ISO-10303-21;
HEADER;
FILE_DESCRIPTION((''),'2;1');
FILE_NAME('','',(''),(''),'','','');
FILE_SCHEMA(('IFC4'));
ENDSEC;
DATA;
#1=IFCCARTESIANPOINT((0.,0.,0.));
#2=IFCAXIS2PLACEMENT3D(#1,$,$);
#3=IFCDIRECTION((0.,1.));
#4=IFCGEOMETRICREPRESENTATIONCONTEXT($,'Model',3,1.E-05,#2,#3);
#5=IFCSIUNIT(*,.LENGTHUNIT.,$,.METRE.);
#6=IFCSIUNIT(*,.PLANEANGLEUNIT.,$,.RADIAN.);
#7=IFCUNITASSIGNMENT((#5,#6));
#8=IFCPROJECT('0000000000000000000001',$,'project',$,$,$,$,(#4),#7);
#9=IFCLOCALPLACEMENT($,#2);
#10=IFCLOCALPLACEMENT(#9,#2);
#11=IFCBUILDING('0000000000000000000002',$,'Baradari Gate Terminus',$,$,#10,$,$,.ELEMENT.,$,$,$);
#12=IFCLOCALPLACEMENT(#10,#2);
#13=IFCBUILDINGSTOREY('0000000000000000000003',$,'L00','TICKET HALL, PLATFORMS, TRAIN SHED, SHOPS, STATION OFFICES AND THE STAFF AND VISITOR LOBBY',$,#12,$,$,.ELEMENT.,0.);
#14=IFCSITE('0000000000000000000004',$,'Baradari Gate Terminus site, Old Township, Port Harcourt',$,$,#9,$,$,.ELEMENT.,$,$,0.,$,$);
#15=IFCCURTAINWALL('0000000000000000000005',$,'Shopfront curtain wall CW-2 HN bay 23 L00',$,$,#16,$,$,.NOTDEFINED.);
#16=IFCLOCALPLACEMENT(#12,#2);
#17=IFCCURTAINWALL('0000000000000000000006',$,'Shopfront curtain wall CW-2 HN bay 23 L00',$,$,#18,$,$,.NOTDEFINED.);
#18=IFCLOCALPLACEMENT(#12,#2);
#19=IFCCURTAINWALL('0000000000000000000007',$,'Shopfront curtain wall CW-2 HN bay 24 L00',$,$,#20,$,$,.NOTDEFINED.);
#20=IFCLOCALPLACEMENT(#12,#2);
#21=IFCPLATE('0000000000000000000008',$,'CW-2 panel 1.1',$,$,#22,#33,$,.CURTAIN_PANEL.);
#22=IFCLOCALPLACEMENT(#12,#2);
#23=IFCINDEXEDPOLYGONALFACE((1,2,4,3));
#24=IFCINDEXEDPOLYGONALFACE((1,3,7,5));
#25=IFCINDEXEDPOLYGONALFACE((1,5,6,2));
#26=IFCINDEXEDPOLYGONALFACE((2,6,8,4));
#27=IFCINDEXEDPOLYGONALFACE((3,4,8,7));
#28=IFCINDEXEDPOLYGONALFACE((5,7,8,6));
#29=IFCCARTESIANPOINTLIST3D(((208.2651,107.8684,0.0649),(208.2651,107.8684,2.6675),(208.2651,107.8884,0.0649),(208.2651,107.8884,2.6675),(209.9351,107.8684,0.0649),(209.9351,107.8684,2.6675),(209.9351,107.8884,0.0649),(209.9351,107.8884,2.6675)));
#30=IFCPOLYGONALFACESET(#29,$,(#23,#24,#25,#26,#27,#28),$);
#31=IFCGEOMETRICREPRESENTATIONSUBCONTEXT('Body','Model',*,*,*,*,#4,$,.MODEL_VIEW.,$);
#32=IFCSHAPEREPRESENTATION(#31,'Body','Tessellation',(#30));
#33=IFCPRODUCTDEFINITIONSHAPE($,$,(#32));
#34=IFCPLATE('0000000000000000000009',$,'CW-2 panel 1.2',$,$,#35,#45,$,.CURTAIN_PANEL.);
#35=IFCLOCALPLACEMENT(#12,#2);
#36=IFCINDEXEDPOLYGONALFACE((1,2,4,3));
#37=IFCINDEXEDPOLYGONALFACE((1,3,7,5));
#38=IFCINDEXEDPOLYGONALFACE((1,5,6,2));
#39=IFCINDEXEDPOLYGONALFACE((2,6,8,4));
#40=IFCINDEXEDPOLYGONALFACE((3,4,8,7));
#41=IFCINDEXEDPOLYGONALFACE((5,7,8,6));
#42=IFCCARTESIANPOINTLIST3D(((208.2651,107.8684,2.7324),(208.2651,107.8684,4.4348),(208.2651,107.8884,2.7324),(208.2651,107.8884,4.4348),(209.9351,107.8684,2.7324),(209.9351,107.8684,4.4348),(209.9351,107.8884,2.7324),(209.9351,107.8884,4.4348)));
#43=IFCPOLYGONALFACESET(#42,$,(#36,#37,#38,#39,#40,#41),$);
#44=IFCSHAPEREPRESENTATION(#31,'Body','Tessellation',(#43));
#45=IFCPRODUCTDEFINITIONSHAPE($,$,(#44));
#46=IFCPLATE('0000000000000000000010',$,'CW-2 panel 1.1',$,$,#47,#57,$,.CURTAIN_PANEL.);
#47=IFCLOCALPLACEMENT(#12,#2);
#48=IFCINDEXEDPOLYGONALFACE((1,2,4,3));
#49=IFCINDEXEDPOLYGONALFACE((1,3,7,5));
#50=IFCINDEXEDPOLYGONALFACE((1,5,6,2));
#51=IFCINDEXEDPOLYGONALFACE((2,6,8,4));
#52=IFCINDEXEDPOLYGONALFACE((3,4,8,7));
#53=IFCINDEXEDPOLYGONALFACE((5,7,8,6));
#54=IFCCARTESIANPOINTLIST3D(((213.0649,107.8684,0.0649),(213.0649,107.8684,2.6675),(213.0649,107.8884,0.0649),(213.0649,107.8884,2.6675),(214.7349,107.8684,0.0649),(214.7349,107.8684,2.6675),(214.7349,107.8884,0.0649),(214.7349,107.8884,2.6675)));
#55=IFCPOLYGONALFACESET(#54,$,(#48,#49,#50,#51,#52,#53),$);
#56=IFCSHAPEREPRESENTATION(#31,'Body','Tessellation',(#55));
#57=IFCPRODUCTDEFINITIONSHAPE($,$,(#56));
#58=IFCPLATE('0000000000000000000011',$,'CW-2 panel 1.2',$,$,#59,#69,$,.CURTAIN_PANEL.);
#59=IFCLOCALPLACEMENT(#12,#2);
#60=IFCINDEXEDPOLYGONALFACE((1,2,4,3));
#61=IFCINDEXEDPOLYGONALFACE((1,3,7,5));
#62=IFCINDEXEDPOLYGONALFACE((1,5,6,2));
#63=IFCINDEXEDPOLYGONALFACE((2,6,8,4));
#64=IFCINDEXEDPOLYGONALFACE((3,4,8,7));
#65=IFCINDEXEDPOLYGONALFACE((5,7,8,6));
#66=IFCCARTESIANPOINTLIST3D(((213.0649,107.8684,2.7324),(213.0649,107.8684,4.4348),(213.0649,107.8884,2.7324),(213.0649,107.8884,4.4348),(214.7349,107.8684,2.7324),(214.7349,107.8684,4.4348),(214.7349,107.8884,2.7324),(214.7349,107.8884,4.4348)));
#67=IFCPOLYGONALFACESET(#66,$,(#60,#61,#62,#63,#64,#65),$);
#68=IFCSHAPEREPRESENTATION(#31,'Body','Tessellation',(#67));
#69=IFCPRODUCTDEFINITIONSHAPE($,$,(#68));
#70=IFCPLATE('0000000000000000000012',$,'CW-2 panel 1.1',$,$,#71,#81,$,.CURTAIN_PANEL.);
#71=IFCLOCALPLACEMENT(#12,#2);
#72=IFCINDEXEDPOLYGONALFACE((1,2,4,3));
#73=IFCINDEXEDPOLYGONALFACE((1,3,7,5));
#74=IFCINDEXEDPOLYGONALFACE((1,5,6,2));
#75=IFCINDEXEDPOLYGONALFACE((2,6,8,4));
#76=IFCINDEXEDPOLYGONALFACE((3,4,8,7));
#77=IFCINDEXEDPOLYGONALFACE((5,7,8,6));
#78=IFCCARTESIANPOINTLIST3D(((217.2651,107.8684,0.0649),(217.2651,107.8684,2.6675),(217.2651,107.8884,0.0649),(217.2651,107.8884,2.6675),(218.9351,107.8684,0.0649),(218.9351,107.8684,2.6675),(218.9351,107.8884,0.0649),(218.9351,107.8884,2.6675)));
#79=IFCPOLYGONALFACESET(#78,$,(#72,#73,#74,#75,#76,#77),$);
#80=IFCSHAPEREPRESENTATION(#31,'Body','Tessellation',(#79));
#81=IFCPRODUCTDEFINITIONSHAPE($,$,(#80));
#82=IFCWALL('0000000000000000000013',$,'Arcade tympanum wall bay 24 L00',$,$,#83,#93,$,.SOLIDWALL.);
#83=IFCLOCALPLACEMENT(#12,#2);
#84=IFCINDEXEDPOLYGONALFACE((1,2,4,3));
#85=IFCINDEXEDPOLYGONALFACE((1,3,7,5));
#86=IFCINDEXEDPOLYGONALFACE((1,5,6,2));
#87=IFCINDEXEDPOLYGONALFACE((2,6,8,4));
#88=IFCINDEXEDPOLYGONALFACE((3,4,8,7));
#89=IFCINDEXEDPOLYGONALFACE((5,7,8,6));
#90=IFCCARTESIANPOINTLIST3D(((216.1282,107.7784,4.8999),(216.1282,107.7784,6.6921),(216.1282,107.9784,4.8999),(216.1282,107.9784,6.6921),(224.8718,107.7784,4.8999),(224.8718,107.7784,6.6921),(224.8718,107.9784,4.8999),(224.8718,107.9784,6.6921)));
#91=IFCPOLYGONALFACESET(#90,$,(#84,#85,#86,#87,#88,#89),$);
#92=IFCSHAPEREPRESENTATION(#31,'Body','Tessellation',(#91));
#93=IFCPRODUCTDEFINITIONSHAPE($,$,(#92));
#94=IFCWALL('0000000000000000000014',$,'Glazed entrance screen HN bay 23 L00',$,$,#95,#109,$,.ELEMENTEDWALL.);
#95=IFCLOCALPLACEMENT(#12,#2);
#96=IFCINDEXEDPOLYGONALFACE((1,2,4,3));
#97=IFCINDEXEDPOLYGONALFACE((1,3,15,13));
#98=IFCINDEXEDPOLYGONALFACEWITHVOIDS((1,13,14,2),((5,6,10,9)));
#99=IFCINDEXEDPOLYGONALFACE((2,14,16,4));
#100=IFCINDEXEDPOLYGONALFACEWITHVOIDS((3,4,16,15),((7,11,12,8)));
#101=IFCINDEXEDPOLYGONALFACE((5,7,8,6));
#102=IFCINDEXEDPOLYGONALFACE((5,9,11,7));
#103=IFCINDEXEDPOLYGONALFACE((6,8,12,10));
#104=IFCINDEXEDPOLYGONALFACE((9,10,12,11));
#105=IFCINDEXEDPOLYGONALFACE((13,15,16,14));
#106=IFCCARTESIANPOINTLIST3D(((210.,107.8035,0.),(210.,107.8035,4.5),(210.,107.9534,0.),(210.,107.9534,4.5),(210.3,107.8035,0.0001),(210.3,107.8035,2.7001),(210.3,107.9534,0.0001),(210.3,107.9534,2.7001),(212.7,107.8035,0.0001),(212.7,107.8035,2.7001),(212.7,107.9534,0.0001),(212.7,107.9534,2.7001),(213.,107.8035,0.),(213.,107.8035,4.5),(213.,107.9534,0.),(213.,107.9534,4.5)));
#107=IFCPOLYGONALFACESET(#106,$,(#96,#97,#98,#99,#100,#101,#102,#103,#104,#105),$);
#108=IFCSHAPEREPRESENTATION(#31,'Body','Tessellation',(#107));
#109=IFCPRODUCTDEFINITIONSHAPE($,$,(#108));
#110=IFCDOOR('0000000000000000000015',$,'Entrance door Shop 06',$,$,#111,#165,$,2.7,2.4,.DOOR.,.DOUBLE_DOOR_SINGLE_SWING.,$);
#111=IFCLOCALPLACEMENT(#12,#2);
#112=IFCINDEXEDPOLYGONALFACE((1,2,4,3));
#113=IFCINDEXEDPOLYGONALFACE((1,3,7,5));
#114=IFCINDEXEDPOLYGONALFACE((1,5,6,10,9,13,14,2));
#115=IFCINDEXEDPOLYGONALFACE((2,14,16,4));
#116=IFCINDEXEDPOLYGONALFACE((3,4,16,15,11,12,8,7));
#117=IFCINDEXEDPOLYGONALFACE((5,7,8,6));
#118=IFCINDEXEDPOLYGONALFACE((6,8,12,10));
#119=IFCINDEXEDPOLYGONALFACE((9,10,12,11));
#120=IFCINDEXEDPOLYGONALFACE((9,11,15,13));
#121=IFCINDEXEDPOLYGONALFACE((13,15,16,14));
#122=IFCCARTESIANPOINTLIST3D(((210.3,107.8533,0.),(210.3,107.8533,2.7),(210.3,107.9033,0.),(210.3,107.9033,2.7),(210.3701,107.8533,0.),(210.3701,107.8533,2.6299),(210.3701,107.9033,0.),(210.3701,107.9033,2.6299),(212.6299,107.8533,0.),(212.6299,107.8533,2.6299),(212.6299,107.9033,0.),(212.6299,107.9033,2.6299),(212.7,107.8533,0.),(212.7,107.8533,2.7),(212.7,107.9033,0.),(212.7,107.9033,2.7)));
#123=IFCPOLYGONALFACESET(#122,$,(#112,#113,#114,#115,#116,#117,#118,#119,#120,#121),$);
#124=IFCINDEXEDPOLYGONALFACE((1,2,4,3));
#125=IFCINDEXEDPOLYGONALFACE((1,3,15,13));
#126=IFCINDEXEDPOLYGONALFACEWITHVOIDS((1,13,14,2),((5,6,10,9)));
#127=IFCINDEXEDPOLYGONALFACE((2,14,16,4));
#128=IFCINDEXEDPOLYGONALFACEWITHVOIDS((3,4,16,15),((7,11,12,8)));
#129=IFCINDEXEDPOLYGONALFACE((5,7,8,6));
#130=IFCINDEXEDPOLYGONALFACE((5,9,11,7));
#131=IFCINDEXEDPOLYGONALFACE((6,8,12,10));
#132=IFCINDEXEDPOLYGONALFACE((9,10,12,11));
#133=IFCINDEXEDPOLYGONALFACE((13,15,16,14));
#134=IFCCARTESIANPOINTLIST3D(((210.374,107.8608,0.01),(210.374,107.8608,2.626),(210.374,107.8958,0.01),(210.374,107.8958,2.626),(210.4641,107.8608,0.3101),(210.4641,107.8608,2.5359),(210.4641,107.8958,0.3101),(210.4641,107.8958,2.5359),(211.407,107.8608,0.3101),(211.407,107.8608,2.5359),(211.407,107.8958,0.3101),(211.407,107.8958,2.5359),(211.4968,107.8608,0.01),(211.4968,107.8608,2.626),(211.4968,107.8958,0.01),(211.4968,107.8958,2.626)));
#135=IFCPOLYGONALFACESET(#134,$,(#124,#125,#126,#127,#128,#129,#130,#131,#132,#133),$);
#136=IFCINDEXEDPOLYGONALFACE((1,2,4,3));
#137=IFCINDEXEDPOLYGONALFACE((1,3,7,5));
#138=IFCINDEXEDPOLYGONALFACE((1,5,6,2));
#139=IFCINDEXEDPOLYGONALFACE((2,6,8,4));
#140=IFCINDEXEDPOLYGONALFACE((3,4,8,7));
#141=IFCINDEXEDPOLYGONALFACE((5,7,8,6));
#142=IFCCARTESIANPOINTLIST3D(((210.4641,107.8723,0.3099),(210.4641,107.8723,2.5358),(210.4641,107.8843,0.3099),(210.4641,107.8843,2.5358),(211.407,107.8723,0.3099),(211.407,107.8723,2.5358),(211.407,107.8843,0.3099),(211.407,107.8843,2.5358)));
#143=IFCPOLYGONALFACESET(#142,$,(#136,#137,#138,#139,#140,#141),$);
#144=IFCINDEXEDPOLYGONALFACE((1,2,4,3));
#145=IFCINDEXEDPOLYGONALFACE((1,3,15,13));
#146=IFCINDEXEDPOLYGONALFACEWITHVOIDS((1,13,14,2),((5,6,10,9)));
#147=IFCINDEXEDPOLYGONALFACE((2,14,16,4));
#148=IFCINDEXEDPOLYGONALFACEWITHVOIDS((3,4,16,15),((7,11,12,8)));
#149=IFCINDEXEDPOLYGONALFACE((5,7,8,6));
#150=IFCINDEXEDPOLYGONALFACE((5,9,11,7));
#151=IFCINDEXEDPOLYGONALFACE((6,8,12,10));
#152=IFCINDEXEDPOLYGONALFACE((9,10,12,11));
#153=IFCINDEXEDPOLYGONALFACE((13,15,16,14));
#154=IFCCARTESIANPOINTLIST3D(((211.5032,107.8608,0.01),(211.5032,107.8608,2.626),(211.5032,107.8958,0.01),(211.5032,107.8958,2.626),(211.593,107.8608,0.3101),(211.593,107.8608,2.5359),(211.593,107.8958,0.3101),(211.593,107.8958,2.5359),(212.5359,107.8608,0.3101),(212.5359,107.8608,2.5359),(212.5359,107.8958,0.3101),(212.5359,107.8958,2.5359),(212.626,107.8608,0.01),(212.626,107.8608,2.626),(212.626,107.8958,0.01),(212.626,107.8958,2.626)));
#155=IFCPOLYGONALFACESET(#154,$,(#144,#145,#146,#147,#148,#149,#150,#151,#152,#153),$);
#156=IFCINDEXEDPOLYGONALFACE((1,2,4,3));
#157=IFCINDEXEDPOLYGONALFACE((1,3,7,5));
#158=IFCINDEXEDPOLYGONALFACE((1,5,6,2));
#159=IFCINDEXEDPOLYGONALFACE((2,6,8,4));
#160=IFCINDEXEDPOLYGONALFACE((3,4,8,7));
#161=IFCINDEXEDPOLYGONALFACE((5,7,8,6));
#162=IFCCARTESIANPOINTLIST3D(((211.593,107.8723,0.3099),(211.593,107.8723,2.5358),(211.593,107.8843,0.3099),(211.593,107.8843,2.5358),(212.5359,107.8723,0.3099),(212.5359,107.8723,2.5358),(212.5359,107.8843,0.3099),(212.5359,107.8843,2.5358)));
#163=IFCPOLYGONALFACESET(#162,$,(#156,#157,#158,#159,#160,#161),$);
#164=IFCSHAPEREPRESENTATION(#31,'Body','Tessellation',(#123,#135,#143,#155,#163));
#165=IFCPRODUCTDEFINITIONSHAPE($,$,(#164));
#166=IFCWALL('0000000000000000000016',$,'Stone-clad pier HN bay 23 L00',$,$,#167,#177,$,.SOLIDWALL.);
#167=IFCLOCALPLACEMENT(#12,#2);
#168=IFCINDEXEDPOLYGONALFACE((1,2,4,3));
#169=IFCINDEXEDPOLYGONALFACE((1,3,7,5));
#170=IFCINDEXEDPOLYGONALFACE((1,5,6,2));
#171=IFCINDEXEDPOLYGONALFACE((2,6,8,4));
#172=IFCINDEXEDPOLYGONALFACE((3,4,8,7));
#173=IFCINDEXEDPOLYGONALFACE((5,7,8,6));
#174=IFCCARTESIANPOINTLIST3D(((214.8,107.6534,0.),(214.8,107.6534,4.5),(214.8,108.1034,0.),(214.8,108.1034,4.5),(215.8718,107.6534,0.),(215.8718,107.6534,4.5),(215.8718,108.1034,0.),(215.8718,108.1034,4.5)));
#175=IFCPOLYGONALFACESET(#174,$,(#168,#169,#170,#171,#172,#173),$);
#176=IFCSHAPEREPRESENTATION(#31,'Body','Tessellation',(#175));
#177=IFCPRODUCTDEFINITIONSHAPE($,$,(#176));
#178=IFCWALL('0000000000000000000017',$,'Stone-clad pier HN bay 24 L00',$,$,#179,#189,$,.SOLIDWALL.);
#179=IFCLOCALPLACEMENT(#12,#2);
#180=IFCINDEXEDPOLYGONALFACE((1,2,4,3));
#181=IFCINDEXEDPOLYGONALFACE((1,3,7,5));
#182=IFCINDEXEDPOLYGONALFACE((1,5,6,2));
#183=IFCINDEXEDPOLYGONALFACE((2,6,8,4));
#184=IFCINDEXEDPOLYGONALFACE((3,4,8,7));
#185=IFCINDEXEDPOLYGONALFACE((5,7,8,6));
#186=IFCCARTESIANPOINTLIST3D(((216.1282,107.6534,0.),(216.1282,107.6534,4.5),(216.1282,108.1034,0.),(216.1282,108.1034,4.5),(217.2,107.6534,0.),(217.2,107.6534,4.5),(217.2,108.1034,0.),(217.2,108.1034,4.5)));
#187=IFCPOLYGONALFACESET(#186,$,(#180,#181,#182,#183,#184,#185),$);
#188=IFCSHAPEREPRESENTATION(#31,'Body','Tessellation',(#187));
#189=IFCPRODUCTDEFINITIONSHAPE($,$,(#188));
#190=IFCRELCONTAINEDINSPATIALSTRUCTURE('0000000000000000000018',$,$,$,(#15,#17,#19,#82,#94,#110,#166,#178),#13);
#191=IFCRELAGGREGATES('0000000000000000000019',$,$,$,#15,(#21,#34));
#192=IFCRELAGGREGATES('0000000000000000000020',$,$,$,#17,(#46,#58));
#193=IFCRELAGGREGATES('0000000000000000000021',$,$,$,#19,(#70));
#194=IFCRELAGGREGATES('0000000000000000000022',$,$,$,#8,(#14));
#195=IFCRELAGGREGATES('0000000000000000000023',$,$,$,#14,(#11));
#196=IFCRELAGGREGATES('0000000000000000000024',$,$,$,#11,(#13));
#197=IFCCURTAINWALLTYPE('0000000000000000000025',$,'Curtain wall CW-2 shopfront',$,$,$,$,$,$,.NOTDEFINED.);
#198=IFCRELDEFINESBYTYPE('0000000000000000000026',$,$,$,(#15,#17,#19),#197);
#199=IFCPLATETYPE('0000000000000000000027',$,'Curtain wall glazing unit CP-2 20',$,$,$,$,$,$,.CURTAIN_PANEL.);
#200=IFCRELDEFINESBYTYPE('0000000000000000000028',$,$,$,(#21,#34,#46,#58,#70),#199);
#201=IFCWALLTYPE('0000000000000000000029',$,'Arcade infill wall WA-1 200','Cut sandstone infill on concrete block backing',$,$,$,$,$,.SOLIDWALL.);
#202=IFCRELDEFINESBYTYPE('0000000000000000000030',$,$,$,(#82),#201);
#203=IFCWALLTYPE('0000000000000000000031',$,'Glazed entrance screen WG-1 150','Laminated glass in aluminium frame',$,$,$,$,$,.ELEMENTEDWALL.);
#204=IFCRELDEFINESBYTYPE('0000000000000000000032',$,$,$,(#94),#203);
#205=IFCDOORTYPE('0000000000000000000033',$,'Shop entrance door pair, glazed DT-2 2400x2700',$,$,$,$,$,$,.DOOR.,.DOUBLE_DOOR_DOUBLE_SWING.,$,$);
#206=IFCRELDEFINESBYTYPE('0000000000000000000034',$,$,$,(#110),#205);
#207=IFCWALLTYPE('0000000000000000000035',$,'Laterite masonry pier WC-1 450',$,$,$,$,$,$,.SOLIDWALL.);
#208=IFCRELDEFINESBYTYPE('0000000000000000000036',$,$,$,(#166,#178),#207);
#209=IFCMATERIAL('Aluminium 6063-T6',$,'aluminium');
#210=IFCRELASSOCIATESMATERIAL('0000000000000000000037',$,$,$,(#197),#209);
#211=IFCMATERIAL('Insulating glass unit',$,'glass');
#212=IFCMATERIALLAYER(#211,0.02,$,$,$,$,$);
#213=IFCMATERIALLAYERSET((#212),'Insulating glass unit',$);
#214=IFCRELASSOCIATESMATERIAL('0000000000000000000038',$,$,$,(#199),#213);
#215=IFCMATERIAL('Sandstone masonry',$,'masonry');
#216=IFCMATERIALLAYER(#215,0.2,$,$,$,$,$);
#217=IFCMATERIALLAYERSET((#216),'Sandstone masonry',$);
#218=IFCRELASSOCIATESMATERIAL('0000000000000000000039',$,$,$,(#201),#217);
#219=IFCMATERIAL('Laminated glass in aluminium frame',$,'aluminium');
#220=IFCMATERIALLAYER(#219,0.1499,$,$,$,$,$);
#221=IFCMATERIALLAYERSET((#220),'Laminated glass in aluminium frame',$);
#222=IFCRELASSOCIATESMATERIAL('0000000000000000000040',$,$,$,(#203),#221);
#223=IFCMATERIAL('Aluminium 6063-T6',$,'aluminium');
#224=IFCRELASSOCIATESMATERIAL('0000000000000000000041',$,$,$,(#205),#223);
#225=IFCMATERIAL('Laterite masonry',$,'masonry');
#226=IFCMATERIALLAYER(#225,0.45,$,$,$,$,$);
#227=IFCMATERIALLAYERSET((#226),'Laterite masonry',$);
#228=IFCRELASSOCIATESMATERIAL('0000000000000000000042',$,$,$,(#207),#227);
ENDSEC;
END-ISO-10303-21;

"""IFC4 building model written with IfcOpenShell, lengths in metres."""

from ifc_helpers import new_model, si_unit, direction, frame, frame_2d, origin, origin_2d, place, context, subcontext, project, spatial, polyline, rectangle, outline, extrude, material, layer, layer_set, type_object, element, fill, aggregate, save


model = new_model("IFC4")

# Units and contexts
model_context = context("Model", 3, precision=1e-05, world=origin(), true_north=direction((0.0, 1.0)))
body_context = subcontext(model_context, "Body", "Model", "MODEL_VIEW")
ifc_project = project(units=[si_unit("LENGTHUNIT", "METRE"), si_unit("PLANEANGLEUNIT", "RADIAN")], contexts=[model_context])

# Site, building, storey
site_placement = place(None, origin())
site = spatial("IfcSite", under=ifc_project, at=site_placement, Name="Baradari Gate Terminus site, Old Township, Port Harcourt", CompositionType="ELEMENT", RefElevation=0.0)
building_placement = place(site_placement, origin())
building = spatial("IfcBuilding", under=site, at=building_placement, Name="Baradari Gate Terminus", CompositionType="ELEMENT")
storey_placement = place(building_placement, origin())
storey = spatial("IfcBuildingStorey", under=building, at=storey_placement, Name="L00", Description="TICKET HALL, PLATFORMS, TRAIN SHED, SHOPS, STATION OFFICES AND THE STAFF AND VISITOR LOBBY", CompositionType="ELEMENT", Elevation=0.0)

# Curtain walls
ifc_material_1 = material(Name="Aluminium 6063-T6", Category="aluminium")
curtain_wall_type = type_object("IfcCurtainWallType", Name="Curtain wall CW-2 shopfront", PredefinedType="NOTDEFINED", material=ifc_material_1)
curtain_wall_1_placement = place(storey_placement, origin())
curtain_wall_1 = element("IfcCurtainWall", 1, at=curtain_wall_1_placement, inside=storey, type_object=curtain_wall_type, Name="Shopfront curtain wall CW-2 HN bay 23 L00", PredefinedType="NOTDEFINED")
curtain_wall_2_placement = place(storey_placement, origin())
curtain_wall_2 = element("IfcCurtainWall", 2, at=curtain_wall_2_placement, inside=storey, type_object=curtain_wall_type, Name="Shopfront curtain wall CW-2 HN bay 23 L00", PredefinedType="NOTDEFINED")

# Curtain wall
curtain_wall_3_placement = place(storey_placement, origin())
curtain_wall_3 = element("IfcCurtainWall", 3, at=curtain_wall_3_placement, inside=storey, type_object=curtain_wall_type, Name="Shopfront curtain wall CW-2 HN bay 24 L00", PredefinedType="NOTDEFINED")

# Plates
ifc_material_2 = material(Name="Insulating glass unit", Category="glass")
ifc_layer_1 = layer(ifc_material_2, 0.02)
ifc_layer_set_1 = layer_set([ifc_layer_1], Name="Insulating glass unit")
plate_type = type_object("IfcPlateType", Name="Curtain wall glazing unit CP-2 20", PredefinedType="CURTAIN_PANEL", material=ifc_layer_set_1)
plate_1_placement = place(storey_placement, frame((209.1001, 107.8784, 0.0649), z_axis=(0.0, 0.0, 1.0), x_axis=(1.0, 0.0, 0.0)))
plate_1 = element("IfcPlate", 4, at=plate_1_placement, type_object=plate_type, Name="CW-2 panel 1.1", PredefinedType="CURTAIN_PANEL", context=body_context, shape_type="SweptSolid", body=[
    extrude(rectangle(XDim=1.6699, YDim=0.02, at=origin_2d()), origin(), (0.0, 0.0, 1.0), 2.6025),
])
plate_2_placement = place(storey_placement, frame((209.1001, 107.8784, 2.7324), z_axis=(0.0, 0.0, 1.0), x_axis=(1.0, 0.0, 0.0)))
plate_2 = element("IfcPlate", 5, at=plate_2_placement, type_object=plate_type, Name="CW-2 panel 1.2", PredefinedType="CURTAIN_PANEL", context=body_context, shape_type="SweptSolid", body=[
    extrude(rectangle(XDim=1.6699, YDim=0.02, at=origin_2d()), origin(), (0.0, 0.0, 1.0), 1.7024),
])
aggregate(curtain_wall_1, [plate_1, plate_2])
plate_3_placement = place(storey_placement, frame((213.8999, 107.8784, 0.0649), z_axis=(0.0, 0.0, 1.0), x_axis=(1.0, 0.0, 0.0)))
plate_3 = element("IfcPlate", 6, at=plate_3_placement, type_object=plate_type, Name="CW-2 panel 1.1", PredefinedType="CURTAIN_PANEL", context=body_context, shape_type="SweptSolid", body=[
    extrude(rectangle(XDim=1.6699, YDim=0.02, at=origin_2d()), origin(), (0.0, 0.0, 1.0), 2.6025),
])
plate_4_placement = place(storey_placement, frame((213.8999, 107.8784, 2.7324), z_axis=(0.0, 0.0, 1.0), x_axis=(1.0, 0.0, 0.0)))
plate_4 = element("IfcPlate", 7, at=plate_4_placement, type_object=plate_type, Name="CW-2 panel 1.2", PredefinedType="CURTAIN_PANEL", context=body_context, shape_type="SweptSolid", body=[
    extrude(rectangle(XDim=1.6699, YDim=0.02, at=origin_2d()), origin(), (0.0, 0.0, 1.0), 1.7024),
])
aggregate(curtain_wall_2, [plate_3, plate_4])
plate_5_placement = place(storey_placement, frame((218.1001, 107.8784, 0.0649), z_axis=(0.0, 0.0, 1.0), x_axis=(1.0, 0.0, 0.0)))
plate_5 = element("IfcPlate", 8, at=plate_5_placement, type_object=plate_type, Name="CW-2 panel 1.1", PredefinedType="CURTAIN_PANEL", context=body_context, shape_type="SweptSolid", body=[
    extrude(rectangle(XDim=1.6699, YDim=0.02, at=origin_2d()), origin(), (0.0, 0.0, 1.0), 2.6025),
])
aggregate(curtain_wall_3, [plate_5])

# Wall
ifc_material_3 = material(Name="Sandstone masonry", Category="masonry")
ifc_layer_2 = layer(ifc_material_3, 0.2)
ifc_layer_set_2 = layer_set([ifc_layer_2], Name="Sandstone masonry")
wall_type_1 = type_object("IfcWallType", Name="Arcade infill wall WA-1 200", Description="Cut sandstone infill on concrete block backing", PredefinedType="SOLIDWALL", material=ifc_layer_set_2)
wall_1_placement = place(storey_placement, frame((216.1282, 107.8784, 4.8999), z_axis=(0.0, 0.0, 1.0), x_axis=(1.0, 0.0, 0.0)))
element("IfcWall", 9, at=wall_1_placement, inside=storey, type_object=wall_type_1, Name="Arcade tympanum wall bay 24 L00", PredefinedType="SOLIDWALL", context=body_context, shape_type="SweptSolid", body=[
    extrude(rectangle(XDim=8.7437, YDim=0.2, at=frame_2d((4.3718, 0.0))), origin(), (0.0, 0.0, 1.0), 1.7922),
])

# Wall, opening, door
ifc_material_4 = material(Name="Laminated glass in aluminium frame", Category="aluminium")
ifc_layer_3 = layer(ifc_material_4, 0.1499)
ifc_layer_set_3 = layer_set([ifc_layer_3], Name="Laminated glass in aluminium frame")
wall_type_2 = type_object("IfcWallType", Name="Glazed entrance screen WG-1 150", Description="Laminated glass in aluminium frame", PredefinedType="ELEMENTEDWALL", material=ifc_layer_set_3)
wall_2_placement = place(storey_placement, frame((210.0, 107.8784, 0.0), z_axis=(0.0, 0.0, 1.0), x_axis=(1.0, 0.0, 0.0)))
wall_2 = element("IfcWall", 10, at=wall_2_placement, inside=storey, type_object=wall_type_2, Name="Glazed entrance screen HN bay 23 L00", PredefinedType="ELEMENTEDWALL", context=body_context, shape_type="SweptSolid", body=[
    extrude(rectangle(XDim=3.0, YDim=0.1499, at=frame_2d((1.5, 0.0))), origin(), (0.0, 0.0, 1.0), 4.5),
])
opening_placement = place(wall_2_placement, frame((0.3, 0.0, 0.0)))
opening = element("IfcOpeningElement", 11, at=opening_placement, cuts=wall_2, PredefinedType="OPENING", context=body_context, shape_type="SweptSolid", body=[
    extrude(rectangle(XDim=2.3999, YDim=2.7, at=frame_2d((1.2, 1.3501))), frame((0.0, 0.085, 0.0), z_axis=(0.0, -1.0, 0.0), x_axis=(1.0, 0.0, 0.0)), (0.0, 0.0, 1.0), 0.1699),
])
ifc_material_5 = material(Name="Aluminium 6063-T6", Category="aluminium")
door_type = type_object("IfcDoorType", Name="Shop entrance door pair, glazed DT-2 2400x2700", OperationType="DOUBLE_DOOR_DOUBLE_SWING", PredefinedType="DOOR", material=ifc_material_5)
door_placement = place(opening_placement, origin())
door = element("IfcDoor", 12, at=door_placement, inside=storey, type_object=door_type, Name="Entrance door Shop 06", OperationType="DOUBLE_DOOR_SINGLE_SWING", OverallHeight=2.7, OverallWidth=2.4, PredefinedType="DOOR", context=body_context, shape_type="SweptSolid", body=[
    extrude(outline(polyline([(0.0, 0.0), (0.0701, 0.0), (0.0701, 2.6299), (2.3298, 2.6299), (2.3298, 0.0), (2.3999, 0.0), (2.3999, 2.7), (0.0, 2.7), (0.0, 0.0)])), frame((0.0, 0.0249, 0.0), z_axis=(0.0, -1.0, 0.0), x_axis=(1.0, 0.0, 0.0)), (0.0, 0.0, 1.0), 0.05),
    extrude(outline(polyline([(0.074, 0.01), (1.1968, 0.01), (1.1968, 2.626), (0.074, 2.626), (0.074, 0.01)]), holes=[polyline([(0.1641, 0.3101), (1.1069, 0.3101), (1.1069, 2.5359), (0.1641, 2.5359), (0.1641, 0.3101)])]), frame((0.0, 0.0173, 0.0), z_axis=(0.0, -1.0, 0.0), x_axis=(1.0, 0.0, 0.0)), (0.0, 0.0, 1.0), 0.0349),
    extrude(rectangle(XDim=0.9429, YDim=2.2258, at=frame_2d((0.6355, 1.4229))), frame((0.0, 0.0059, 0.0), z_axis=(0.0, -1.0, 0.0), x_axis=(1.0, 0.0, 0.0)), (0.0, 0.0, 1.0), 0.012),
    extrude(outline(polyline([(1.2031, 0.01), (2.3259, 0.01), (2.3259, 2.626), (1.2031, 2.626), (1.2031, 0.01)]), holes=[polyline([(1.293, 0.3101), (2.2358, 0.3101), (2.2358, 2.5359), (1.293, 2.5359), (1.293, 0.3101)])]), frame((0.0, 0.0173, 0.0), z_axis=(0.0, -1.0, 0.0), x_axis=(1.0, 0.0, 0.0)), (0.0, 0.0, 1.0), 0.0349),
    extrude(rectangle(XDim=0.9429, YDim=2.2258, at=frame_2d((1.7644, 1.4229))), frame((0.0, 0.0059, 0.0), z_axis=(0.0, -1.0, 0.0), x_axis=(1.0, 0.0, 0.0)), (0.0, 0.0, 1.0), 0.012),
])
fill(opening, door)

# Walls
ifc_material_6 = material(Name="Laterite masonry", Category="masonry")
ifc_layer_4 = layer(ifc_material_6, 0.45)
ifc_layer_set_4 = layer_set([ifc_layer_4], Name="Laterite masonry")
wall_type_3 = type_object("IfcWallType", Name="Laterite masonry pier WC-1 450", PredefinedType="SOLIDWALL", material=ifc_layer_set_4)
for number, where, z_axis, x_axis, name in (
    (13, (214.8, 107.8784, 0.0), (0.0, 0.0, 1.0), (1.0, 0.0, 0.0), "Stone-clad pier HN bay 23 L00"),
    (14, (216.1282, 107.8784, 0.0), (0.0, 0.0, 1.0), (1.0, 0.0, 0.0), "Stone-clad pier HN bay 24 L00"),
):
    element("IfcWall", number, at=place(storey_placement, frame(where, z_axis=z_axis, x_axis=x_axis)), inside=storey, type_object=wall_type_3, Name=name, PredefinedType="SOLIDWALL", context=body_context, shape_type="SweptSolid", body=[
        extrude(rectangle(XDim=1.0718, YDim=0.45, at=frame_2d((0.5359, 0.0))), origin(), (0.0, 0.0, 1.0), 4.5),
    ])

save(model, "model.ifc")
